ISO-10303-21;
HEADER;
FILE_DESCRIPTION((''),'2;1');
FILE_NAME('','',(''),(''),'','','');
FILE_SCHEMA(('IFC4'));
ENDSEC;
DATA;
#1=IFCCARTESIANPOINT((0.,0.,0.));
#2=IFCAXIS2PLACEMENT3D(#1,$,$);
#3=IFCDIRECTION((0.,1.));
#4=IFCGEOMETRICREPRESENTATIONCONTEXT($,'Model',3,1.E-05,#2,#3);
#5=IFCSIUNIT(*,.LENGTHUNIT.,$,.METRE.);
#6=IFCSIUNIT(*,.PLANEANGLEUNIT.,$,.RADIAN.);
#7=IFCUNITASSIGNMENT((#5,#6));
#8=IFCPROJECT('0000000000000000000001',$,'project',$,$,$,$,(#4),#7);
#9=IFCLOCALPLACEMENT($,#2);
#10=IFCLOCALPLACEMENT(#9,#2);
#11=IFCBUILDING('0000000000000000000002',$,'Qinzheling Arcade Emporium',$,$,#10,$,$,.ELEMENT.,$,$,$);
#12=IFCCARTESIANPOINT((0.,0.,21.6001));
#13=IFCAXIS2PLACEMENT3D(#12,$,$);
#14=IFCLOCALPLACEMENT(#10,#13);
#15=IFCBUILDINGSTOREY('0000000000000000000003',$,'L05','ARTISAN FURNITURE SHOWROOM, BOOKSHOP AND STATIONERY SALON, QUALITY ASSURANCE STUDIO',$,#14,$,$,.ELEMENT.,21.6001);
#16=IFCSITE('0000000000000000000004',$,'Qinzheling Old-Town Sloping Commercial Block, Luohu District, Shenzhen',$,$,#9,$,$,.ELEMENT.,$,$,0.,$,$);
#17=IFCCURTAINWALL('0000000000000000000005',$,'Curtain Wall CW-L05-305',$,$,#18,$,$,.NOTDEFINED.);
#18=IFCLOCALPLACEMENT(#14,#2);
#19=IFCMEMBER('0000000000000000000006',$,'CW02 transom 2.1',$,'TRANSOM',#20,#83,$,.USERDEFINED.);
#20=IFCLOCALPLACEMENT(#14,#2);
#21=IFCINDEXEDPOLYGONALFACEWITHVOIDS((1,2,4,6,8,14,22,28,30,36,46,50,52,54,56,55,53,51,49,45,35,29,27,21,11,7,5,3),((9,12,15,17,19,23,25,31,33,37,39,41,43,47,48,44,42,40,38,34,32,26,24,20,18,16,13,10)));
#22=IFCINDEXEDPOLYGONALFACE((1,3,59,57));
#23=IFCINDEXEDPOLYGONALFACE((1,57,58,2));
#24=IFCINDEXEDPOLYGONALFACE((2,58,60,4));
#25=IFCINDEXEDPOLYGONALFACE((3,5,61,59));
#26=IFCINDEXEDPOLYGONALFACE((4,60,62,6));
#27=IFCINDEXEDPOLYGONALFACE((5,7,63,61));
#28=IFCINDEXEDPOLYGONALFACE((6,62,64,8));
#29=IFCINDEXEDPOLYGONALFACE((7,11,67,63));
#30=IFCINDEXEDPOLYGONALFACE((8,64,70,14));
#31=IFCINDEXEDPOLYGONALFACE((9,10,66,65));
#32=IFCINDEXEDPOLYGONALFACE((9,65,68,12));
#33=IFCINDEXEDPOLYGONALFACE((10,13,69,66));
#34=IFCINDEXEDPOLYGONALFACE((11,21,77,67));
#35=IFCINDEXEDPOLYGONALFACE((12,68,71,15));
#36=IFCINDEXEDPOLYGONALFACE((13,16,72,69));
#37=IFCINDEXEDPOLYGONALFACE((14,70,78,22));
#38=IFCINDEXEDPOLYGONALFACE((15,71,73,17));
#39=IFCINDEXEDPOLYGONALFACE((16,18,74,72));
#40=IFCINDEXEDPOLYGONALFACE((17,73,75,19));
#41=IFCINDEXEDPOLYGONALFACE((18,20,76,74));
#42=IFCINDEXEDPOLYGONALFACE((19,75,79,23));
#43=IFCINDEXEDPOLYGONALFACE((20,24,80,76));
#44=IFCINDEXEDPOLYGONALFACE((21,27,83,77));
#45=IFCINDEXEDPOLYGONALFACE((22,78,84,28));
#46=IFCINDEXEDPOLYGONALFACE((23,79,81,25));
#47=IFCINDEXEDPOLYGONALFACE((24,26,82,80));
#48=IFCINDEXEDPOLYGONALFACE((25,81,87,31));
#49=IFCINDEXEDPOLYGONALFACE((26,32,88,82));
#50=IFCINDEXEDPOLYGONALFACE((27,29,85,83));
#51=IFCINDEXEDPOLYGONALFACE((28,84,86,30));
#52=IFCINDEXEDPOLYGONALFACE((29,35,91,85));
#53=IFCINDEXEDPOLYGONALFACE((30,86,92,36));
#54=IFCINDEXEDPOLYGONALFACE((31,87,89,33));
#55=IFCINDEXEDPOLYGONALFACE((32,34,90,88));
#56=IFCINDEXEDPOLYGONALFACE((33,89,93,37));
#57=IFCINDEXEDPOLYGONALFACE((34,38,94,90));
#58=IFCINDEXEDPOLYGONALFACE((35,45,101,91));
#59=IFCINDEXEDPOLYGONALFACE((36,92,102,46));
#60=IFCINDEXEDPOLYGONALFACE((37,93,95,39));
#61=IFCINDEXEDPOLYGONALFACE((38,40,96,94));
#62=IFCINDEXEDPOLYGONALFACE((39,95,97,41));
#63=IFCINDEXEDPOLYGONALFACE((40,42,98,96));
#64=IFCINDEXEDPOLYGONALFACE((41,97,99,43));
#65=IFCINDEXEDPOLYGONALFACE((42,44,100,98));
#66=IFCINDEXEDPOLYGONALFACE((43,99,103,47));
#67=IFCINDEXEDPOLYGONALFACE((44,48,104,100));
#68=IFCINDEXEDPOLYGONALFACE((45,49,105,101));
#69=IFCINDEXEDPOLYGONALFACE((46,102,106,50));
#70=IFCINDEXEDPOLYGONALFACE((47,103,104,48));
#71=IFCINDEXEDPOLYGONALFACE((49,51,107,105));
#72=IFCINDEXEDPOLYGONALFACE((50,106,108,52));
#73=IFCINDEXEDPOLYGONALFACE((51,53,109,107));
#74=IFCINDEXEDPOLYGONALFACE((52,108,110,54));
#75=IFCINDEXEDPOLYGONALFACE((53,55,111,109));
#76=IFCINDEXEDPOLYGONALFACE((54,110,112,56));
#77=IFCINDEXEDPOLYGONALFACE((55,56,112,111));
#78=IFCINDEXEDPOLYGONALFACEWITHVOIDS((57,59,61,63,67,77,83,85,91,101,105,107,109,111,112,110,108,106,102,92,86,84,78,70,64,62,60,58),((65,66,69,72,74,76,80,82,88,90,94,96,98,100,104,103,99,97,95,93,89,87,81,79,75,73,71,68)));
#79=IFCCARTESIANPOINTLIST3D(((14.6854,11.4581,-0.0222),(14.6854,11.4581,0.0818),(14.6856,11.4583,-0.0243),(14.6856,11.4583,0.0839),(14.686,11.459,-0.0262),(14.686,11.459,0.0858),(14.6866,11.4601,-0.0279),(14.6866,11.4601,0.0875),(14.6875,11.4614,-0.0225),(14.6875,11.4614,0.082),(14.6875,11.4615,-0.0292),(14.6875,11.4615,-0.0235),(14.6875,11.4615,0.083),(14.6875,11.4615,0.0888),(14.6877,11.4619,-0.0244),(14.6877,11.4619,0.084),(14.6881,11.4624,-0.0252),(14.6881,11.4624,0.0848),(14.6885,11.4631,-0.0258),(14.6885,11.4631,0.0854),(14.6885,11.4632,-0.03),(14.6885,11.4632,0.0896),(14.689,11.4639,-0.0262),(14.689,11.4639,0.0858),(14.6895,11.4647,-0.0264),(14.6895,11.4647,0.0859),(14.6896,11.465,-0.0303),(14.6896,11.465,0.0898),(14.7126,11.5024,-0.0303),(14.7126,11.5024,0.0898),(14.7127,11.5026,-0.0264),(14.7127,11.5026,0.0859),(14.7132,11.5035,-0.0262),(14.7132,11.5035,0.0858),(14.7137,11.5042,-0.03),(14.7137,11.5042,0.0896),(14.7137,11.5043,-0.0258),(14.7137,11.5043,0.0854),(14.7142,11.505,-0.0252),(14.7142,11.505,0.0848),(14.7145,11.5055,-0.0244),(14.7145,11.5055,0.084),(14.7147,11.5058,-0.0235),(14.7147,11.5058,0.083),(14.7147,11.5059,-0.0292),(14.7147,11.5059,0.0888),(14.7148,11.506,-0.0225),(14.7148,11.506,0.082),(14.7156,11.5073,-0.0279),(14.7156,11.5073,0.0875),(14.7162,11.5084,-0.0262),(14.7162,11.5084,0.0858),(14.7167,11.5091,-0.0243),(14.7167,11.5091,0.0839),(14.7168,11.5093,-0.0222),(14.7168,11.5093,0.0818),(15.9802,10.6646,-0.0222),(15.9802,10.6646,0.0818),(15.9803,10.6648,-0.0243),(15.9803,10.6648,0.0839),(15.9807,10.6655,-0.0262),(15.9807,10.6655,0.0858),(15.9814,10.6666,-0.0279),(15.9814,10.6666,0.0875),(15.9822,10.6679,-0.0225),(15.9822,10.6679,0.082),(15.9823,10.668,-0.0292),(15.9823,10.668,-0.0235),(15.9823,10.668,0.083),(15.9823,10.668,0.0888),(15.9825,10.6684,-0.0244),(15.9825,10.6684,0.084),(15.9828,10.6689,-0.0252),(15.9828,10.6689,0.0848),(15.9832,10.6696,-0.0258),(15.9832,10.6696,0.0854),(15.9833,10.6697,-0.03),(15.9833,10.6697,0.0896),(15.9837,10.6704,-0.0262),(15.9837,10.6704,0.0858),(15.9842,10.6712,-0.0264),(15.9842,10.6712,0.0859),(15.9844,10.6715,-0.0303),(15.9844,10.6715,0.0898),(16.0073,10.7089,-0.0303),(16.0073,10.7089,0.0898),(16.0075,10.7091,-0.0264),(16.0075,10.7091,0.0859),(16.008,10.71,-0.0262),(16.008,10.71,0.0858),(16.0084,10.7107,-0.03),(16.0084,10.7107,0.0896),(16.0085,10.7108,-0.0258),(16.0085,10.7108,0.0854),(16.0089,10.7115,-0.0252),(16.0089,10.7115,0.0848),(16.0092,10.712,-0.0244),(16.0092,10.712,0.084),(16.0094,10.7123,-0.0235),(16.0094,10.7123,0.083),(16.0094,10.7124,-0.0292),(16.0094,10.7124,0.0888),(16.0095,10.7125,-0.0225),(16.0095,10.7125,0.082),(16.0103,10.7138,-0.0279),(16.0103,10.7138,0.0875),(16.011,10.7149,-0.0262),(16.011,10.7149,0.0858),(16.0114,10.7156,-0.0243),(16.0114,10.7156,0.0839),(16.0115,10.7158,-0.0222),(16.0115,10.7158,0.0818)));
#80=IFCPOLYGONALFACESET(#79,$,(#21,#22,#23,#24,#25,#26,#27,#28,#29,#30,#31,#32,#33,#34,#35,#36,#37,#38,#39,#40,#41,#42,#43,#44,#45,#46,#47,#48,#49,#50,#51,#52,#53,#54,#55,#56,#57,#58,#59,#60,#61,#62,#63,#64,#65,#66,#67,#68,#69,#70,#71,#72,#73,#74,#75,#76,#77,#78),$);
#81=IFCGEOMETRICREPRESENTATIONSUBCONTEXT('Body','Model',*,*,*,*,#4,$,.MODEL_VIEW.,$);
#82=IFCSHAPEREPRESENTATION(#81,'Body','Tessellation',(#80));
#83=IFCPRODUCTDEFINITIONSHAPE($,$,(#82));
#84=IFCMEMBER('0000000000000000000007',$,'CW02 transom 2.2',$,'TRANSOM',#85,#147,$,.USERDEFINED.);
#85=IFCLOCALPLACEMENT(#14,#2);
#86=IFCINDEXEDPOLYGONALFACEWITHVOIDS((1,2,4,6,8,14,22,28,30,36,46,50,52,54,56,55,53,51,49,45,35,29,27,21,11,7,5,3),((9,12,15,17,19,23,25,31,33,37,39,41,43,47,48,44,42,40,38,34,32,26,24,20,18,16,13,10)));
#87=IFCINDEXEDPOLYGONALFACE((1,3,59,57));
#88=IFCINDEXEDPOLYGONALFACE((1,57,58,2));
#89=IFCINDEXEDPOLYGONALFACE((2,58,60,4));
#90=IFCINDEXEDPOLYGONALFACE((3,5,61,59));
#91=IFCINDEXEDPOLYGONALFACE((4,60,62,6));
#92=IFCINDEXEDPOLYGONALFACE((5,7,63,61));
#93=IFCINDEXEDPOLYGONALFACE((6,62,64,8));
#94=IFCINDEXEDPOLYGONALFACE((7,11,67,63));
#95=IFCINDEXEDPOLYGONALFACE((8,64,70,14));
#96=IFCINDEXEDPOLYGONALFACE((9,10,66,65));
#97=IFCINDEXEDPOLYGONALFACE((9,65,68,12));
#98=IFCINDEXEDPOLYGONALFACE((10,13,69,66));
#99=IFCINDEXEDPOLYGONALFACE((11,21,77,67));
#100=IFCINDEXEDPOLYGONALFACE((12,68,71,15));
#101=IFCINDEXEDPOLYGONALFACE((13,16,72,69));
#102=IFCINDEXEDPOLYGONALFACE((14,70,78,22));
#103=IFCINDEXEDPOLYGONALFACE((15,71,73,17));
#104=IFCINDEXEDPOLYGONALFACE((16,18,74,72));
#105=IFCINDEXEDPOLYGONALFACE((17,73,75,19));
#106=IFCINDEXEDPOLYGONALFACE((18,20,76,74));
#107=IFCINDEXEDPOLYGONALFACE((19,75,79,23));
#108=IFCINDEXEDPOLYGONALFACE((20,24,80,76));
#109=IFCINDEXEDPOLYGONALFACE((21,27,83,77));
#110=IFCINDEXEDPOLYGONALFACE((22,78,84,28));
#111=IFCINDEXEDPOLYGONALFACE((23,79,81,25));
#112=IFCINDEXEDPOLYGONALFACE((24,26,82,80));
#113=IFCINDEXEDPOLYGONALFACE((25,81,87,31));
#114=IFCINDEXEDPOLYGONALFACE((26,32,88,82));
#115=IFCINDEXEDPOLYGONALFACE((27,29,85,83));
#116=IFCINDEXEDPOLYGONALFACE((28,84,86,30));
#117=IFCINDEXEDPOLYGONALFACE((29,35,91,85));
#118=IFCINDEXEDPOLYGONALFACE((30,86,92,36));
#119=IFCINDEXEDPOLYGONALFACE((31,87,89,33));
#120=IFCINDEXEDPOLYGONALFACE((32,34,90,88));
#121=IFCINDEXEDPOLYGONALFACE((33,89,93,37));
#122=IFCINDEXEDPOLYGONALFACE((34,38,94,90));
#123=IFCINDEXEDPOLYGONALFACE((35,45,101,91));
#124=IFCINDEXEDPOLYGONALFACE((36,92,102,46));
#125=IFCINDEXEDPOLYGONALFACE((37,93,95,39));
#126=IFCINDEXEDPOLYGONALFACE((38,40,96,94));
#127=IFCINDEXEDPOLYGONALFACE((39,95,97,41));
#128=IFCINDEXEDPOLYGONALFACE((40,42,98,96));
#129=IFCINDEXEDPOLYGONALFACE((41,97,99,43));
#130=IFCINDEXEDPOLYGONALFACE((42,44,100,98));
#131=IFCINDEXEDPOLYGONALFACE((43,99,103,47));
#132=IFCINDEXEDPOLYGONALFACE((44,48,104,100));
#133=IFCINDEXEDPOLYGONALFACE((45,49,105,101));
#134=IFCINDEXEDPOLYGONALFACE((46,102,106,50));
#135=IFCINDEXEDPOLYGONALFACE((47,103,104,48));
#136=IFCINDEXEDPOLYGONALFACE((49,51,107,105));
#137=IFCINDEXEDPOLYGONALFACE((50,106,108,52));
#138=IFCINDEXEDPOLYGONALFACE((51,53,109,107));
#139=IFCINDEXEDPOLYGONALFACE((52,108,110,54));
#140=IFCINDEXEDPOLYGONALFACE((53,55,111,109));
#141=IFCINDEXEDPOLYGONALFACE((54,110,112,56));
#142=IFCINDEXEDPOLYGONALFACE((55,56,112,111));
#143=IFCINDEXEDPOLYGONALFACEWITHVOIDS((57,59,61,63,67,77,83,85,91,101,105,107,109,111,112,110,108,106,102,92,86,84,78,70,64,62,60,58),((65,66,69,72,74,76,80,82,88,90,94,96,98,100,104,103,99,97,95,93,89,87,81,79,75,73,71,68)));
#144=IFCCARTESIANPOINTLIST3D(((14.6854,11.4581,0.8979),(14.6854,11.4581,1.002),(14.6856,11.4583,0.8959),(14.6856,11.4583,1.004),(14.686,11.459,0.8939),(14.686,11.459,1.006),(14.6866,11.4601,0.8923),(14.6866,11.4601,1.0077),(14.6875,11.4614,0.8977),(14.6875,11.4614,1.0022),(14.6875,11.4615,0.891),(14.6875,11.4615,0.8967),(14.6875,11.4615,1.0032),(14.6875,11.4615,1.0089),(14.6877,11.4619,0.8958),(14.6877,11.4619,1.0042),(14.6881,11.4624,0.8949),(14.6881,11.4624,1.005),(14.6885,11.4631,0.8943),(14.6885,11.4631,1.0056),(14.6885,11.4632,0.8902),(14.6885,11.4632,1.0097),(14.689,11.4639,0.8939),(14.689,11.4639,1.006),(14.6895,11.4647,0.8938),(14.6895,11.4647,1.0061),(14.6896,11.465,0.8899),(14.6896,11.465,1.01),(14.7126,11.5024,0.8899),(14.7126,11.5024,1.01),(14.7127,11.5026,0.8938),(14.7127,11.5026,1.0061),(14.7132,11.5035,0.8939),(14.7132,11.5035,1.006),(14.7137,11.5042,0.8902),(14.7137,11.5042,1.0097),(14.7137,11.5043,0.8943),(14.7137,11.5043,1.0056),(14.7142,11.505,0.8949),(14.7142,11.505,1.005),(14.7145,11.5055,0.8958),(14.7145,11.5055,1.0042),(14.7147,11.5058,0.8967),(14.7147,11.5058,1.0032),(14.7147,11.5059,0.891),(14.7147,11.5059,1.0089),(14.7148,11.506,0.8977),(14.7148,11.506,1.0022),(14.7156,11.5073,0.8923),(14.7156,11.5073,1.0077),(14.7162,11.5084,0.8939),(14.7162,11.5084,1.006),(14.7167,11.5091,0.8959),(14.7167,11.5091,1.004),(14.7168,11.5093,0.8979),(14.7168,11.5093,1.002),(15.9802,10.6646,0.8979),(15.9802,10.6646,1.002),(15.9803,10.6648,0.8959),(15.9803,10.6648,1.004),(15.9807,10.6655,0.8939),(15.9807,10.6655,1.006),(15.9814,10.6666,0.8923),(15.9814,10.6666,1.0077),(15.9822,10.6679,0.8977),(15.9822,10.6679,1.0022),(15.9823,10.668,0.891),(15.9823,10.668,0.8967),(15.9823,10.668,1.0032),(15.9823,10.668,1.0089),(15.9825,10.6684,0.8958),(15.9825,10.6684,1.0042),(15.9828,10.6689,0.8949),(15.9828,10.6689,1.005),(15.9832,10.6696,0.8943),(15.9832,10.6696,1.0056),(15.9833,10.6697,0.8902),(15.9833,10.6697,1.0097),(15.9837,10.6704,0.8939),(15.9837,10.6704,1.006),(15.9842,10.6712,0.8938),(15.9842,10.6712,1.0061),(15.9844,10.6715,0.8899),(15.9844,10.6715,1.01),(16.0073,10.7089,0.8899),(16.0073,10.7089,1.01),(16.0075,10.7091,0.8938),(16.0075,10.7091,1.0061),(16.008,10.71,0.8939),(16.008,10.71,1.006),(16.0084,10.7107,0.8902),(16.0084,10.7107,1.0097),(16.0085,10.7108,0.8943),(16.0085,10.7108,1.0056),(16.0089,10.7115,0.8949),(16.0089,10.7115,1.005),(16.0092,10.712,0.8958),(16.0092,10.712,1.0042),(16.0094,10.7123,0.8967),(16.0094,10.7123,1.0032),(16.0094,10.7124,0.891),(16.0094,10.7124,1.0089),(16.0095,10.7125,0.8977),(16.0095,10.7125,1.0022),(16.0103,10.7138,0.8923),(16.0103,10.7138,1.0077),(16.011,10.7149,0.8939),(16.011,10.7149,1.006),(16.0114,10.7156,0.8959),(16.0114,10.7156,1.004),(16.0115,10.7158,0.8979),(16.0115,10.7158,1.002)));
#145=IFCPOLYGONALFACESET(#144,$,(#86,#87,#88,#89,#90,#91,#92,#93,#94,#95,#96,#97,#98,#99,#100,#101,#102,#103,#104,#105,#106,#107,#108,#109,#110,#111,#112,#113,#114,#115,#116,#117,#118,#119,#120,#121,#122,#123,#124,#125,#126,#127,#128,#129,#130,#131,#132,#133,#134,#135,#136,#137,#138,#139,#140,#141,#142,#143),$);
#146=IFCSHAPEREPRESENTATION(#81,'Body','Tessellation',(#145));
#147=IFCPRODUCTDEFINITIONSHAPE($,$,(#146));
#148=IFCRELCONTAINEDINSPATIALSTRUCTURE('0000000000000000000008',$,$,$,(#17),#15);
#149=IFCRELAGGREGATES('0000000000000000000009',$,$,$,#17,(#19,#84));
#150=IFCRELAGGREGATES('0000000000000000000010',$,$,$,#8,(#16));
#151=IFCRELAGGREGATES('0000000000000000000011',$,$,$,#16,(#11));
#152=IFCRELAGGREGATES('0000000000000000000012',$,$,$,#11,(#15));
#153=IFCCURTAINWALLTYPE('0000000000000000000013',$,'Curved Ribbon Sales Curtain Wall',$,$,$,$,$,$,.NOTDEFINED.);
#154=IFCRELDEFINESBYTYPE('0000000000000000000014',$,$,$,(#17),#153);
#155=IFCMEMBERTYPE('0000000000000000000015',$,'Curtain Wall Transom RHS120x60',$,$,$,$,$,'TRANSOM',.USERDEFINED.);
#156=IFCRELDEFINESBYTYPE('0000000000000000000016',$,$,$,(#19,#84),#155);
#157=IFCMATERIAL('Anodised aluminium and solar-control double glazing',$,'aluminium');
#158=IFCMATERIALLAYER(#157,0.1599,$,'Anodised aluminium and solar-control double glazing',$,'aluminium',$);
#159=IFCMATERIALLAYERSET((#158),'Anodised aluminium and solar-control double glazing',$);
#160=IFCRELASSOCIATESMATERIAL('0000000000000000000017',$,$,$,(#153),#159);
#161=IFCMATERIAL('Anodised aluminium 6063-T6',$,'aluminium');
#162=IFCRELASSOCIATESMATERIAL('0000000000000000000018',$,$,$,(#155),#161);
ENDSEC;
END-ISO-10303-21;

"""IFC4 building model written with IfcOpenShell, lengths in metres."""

from ifc_helpers import new_model, si_unit, direction, frame, origin, origin_2d, place, context, subcontext, project, spatial, hollow_rectangle, extrude, material, layer, layer_set, material_profile, profile_set, type_object, element, aggregate, save


model = new_model("IFC4")

# Units and contexts
model_context = context("Model", 3, precision=1e-05, world=origin(), true_north=direction((0.0, 1.0)))
body_context = subcontext(model_context, "Body", "Model", "MODEL_VIEW")
ifc_project = project(units=[si_unit("LENGTHUNIT", "METRE"), si_unit("PLANEANGLEUNIT", "RADIAN")], contexts=[model_context])

# Site, building, storey
site_placement = place(None, origin())
site = spatial("IfcSite", under=ifc_project, at=site_placement, Name="Qinzheling Old-Town Sloping Commercial Block, Luohu District, Shenzhen", CompositionType="ELEMENT", RefElevation=0.0)
building_placement = place(site_placement, origin())
building = spatial("IfcBuilding", under=site, at=building_placement, Name="Qinzheling Arcade Emporium", CompositionType="ELEMENT")
storey_placement = place(building_placement, frame((0.0, 0.0, 21.6001)))
storey = spatial("IfcBuildingStorey", under=building, at=storey_placement, Name="L05", Description="ARTISAN FURNITURE SHOWROOM, BOOKSHOP AND STATIONERY SALON, QUALITY ASSURANCE STUDIO", CompositionType="ELEMENT", Elevation=21.6001)

# Shared definitions
ifc_material_1 = material(Name="Anodised aluminium and solar-control double glazing", Category="aluminium")
ifc_layer_1 = layer(ifc_material_1, 0.1599, Name="Anodised aluminium and solar-control double glazing", Category="aluminium")
ifc_layer_set_1 = layer_set([ifc_layer_1], Name="Anodised aluminium and solar-control double glazing")
curtain_wall_type = type_object("IfcCurtainWallType", Name="Curved Ribbon Sales Curtain Wall", PredefinedType="NOTDEFINED", material=ifc_layer_set_1)
ifc_material_2 = material(Name="Anodised aluminium 6063-T6", Category="aluminium")

# Curtain wall
curtain_wall_1_placement = place(storey_placement, origin())
curtain_wall_1 = element("IfcCurtainWall", 1, at=curtain_wall_1_placement, inside=storey, type_object=curtain_wall_type, Name="Curtain Wall CW-L05-305", PredefinedType="NOTDEFINED")

# Members
ifc_material_profile_1 = material_profile(ifc_material_2, hollow_rectangle(XDim=0.0601, YDim=0.1201, WallThickness=0.0039, InnerFilletRadius=0.0039, OuterFilletRadius=0.0081, at=origin_2d()), Name="RHS 120x60x4", Category="aluminium")
ifc_profile_set_1 = profile_set([ifc_material_profile_1], Name="Anodised aluminium 6063-T6")
member_type_1 = type_object("IfcMemberType", Name="Curtain Wall Transom RHS120x60", ElementType="TRANSOM", PredefinedType="USERDEFINED", material=ifc_profile_set_1)
member_1_placement = place(storey_placement, frame((15.9958, 10.6902, 0.0298), z_axis=(-0.852617, 0.522536, 0.0), x_axis=(-0.522536, -0.852617, 0.0)))
member_1 = element("IfcMember", 2, at=member_1_placement, type_object=member_type_1, Name="CW02 transom 2.1", ObjectType="TRANSOM", PredefinedType="USERDEFINED", context=body_context, shape_type="SweptSolid", body=[
    extrude(hollow_rectangle(XDim=0.0601, YDim=0.1201, WallThickness=0.0039, InnerFilletRadius=0.0039, OuterFilletRadius=0.0081, at=origin_2d()), origin(), (0.0, 0.0, 1.0), 1.5186),
])
member_2_placement = place(storey_placement, frame((15.9958, 10.6902, 0.95), z_axis=(-0.852617, 0.522536, 0.0), x_axis=(-0.522536, -0.852617, 0.0)))
member_2 = element("IfcMember", 3, at=member_2_placement, type_object=member_type_1, Name="CW02 transom 2.2", ObjectType="TRANSOM", PredefinedType="USERDEFINED", context=body_context, shape_type="SweptSolid", body=[
    extrude(hollow_rectangle(XDim=0.0601, YDim=0.1201, WallThickness=0.0039, InnerFilletRadius=0.0039, OuterFilletRadius=0.0081, at=origin_2d()), origin(), (0.0, 0.0, 1.0), 1.5186),
])

aggregate(curtain_wall_1, [member_1, member_2])

save(model, "model.ifc")
